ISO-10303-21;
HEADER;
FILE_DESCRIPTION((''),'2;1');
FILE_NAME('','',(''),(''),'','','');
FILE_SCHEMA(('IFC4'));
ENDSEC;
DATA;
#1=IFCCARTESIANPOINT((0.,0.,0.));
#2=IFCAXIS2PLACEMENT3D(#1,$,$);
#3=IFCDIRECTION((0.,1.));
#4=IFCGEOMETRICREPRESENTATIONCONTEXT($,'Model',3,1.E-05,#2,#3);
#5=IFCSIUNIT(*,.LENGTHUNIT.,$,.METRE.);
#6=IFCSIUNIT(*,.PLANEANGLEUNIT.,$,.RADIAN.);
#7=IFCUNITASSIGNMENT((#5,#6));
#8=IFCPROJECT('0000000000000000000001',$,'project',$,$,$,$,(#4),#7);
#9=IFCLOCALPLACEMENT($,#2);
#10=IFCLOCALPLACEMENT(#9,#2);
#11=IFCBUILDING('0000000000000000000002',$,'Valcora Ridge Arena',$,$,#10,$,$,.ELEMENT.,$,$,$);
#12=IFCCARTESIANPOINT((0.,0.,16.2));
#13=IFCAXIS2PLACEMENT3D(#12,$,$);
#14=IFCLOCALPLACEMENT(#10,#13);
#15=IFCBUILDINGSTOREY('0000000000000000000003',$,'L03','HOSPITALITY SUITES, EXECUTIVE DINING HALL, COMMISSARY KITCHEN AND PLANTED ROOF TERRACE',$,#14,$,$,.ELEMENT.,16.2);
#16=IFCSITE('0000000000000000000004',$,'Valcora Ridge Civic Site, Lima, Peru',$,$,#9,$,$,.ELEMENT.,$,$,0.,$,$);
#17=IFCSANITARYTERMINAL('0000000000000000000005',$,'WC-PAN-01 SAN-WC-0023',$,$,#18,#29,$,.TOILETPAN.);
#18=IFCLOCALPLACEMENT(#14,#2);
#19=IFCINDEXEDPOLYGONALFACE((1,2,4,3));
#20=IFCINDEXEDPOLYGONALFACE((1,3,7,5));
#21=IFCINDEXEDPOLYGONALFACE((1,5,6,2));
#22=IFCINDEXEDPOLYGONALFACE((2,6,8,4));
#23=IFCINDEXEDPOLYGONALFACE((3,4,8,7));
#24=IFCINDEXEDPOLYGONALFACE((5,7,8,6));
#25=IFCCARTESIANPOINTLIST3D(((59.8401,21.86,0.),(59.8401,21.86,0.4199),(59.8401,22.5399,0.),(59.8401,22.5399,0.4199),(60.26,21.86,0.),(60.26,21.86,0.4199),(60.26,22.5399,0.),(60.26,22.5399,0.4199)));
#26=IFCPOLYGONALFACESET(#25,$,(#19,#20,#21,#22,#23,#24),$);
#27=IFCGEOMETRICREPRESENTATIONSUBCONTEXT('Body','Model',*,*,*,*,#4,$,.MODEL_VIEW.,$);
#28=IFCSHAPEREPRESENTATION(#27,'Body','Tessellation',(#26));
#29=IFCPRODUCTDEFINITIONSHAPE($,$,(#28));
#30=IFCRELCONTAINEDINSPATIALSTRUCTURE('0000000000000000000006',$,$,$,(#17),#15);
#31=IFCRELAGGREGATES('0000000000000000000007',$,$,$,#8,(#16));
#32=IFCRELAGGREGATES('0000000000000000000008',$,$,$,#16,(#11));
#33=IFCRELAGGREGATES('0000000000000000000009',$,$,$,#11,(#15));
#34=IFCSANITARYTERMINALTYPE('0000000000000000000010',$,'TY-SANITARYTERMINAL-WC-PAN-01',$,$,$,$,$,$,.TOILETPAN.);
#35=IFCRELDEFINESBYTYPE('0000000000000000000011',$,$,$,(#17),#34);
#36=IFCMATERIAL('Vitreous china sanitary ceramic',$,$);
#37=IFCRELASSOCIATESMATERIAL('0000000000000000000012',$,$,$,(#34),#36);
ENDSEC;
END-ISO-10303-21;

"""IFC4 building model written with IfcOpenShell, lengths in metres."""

from ifc_helpers import new_model, si_unit, direction, frame, origin, origin_2d, place, context, subcontext, project, spatial, rectangle, extrude, material, type_object, element, save


model = new_model("IFC4")

# Units and contexts
model_context = context("Model", 3, precision=1e-05, world=origin(), true_north=direction((0.0, 1.0)))
body_context = subcontext(model_context, "Body", "Model", "MODEL_VIEW")
ifc_project = project(units=[si_unit("LENGTHUNIT", "METRE"), si_unit("PLANEANGLEUNIT", "RADIAN")], contexts=[model_context])

# Site, building, storey
site_placement = place(None, origin())
site = spatial("IfcSite", under=ifc_project, at=site_placement, Name="Valcora Ridge Civic Site, Lima, Peru", CompositionType="ELEMENT", RefElevation=0.0)
building_placement = place(site_placement, origin())
building = spatial("IfcBuilding", under=site, at=building_placement, Name="Valcora Ridge Arena", CompositionType="ELEMENT")
storey_placement = place(building_placement, frame((0.0, 0.0, 16.2)))
storey = spatial("IfcBuildingStorey", under=building, at=storey_placement, Name="L03", Description="HOSPITALITY SUITES, EXECUTIVE DINING HALL, COMMISSARY KITCHEN AND PLANTED ROOF TERRACE", CompositionType="ELEMENT", Elevation=16.2)

# Sanitary terminal
ifc_material_1 = material(Name="Vitreous china sanitary ceramic")
sanitary_terminal_type_1 = type_object("IfcSanitaryTerminalType", Name="TY-SANITARYTERMINAL-WC-PAN-01", PredefinedType="TOILETPAN", material=ifc_material_1)
for number, where, z_axis, x_axis, name in (
    (1, (60.05, 22.2, 0.0), (0.0, 0.0, 1.0), (1.0, 0.0, 0.0), "WC-PAN-01 SAN-WC-0023"),
):
    element("IfcSanitaryTerminal", number, at=place(storey_placement, frame(where, z_axis=z_axis, x_axis=x_axis)), inside=storey, type_object=sanitary_terminal_type_1, Name=name, PredefinedType="TOILETPAN", context=body_context, shape_type="SweptSolid", body=[
        extrude(rectangle(XDim=0.4199, YDim=0.6799, at=origin_2d()), origin(), (0.0, 0.0, 1.0), 0.4199),
    ])

save(model, "model.ifc")
